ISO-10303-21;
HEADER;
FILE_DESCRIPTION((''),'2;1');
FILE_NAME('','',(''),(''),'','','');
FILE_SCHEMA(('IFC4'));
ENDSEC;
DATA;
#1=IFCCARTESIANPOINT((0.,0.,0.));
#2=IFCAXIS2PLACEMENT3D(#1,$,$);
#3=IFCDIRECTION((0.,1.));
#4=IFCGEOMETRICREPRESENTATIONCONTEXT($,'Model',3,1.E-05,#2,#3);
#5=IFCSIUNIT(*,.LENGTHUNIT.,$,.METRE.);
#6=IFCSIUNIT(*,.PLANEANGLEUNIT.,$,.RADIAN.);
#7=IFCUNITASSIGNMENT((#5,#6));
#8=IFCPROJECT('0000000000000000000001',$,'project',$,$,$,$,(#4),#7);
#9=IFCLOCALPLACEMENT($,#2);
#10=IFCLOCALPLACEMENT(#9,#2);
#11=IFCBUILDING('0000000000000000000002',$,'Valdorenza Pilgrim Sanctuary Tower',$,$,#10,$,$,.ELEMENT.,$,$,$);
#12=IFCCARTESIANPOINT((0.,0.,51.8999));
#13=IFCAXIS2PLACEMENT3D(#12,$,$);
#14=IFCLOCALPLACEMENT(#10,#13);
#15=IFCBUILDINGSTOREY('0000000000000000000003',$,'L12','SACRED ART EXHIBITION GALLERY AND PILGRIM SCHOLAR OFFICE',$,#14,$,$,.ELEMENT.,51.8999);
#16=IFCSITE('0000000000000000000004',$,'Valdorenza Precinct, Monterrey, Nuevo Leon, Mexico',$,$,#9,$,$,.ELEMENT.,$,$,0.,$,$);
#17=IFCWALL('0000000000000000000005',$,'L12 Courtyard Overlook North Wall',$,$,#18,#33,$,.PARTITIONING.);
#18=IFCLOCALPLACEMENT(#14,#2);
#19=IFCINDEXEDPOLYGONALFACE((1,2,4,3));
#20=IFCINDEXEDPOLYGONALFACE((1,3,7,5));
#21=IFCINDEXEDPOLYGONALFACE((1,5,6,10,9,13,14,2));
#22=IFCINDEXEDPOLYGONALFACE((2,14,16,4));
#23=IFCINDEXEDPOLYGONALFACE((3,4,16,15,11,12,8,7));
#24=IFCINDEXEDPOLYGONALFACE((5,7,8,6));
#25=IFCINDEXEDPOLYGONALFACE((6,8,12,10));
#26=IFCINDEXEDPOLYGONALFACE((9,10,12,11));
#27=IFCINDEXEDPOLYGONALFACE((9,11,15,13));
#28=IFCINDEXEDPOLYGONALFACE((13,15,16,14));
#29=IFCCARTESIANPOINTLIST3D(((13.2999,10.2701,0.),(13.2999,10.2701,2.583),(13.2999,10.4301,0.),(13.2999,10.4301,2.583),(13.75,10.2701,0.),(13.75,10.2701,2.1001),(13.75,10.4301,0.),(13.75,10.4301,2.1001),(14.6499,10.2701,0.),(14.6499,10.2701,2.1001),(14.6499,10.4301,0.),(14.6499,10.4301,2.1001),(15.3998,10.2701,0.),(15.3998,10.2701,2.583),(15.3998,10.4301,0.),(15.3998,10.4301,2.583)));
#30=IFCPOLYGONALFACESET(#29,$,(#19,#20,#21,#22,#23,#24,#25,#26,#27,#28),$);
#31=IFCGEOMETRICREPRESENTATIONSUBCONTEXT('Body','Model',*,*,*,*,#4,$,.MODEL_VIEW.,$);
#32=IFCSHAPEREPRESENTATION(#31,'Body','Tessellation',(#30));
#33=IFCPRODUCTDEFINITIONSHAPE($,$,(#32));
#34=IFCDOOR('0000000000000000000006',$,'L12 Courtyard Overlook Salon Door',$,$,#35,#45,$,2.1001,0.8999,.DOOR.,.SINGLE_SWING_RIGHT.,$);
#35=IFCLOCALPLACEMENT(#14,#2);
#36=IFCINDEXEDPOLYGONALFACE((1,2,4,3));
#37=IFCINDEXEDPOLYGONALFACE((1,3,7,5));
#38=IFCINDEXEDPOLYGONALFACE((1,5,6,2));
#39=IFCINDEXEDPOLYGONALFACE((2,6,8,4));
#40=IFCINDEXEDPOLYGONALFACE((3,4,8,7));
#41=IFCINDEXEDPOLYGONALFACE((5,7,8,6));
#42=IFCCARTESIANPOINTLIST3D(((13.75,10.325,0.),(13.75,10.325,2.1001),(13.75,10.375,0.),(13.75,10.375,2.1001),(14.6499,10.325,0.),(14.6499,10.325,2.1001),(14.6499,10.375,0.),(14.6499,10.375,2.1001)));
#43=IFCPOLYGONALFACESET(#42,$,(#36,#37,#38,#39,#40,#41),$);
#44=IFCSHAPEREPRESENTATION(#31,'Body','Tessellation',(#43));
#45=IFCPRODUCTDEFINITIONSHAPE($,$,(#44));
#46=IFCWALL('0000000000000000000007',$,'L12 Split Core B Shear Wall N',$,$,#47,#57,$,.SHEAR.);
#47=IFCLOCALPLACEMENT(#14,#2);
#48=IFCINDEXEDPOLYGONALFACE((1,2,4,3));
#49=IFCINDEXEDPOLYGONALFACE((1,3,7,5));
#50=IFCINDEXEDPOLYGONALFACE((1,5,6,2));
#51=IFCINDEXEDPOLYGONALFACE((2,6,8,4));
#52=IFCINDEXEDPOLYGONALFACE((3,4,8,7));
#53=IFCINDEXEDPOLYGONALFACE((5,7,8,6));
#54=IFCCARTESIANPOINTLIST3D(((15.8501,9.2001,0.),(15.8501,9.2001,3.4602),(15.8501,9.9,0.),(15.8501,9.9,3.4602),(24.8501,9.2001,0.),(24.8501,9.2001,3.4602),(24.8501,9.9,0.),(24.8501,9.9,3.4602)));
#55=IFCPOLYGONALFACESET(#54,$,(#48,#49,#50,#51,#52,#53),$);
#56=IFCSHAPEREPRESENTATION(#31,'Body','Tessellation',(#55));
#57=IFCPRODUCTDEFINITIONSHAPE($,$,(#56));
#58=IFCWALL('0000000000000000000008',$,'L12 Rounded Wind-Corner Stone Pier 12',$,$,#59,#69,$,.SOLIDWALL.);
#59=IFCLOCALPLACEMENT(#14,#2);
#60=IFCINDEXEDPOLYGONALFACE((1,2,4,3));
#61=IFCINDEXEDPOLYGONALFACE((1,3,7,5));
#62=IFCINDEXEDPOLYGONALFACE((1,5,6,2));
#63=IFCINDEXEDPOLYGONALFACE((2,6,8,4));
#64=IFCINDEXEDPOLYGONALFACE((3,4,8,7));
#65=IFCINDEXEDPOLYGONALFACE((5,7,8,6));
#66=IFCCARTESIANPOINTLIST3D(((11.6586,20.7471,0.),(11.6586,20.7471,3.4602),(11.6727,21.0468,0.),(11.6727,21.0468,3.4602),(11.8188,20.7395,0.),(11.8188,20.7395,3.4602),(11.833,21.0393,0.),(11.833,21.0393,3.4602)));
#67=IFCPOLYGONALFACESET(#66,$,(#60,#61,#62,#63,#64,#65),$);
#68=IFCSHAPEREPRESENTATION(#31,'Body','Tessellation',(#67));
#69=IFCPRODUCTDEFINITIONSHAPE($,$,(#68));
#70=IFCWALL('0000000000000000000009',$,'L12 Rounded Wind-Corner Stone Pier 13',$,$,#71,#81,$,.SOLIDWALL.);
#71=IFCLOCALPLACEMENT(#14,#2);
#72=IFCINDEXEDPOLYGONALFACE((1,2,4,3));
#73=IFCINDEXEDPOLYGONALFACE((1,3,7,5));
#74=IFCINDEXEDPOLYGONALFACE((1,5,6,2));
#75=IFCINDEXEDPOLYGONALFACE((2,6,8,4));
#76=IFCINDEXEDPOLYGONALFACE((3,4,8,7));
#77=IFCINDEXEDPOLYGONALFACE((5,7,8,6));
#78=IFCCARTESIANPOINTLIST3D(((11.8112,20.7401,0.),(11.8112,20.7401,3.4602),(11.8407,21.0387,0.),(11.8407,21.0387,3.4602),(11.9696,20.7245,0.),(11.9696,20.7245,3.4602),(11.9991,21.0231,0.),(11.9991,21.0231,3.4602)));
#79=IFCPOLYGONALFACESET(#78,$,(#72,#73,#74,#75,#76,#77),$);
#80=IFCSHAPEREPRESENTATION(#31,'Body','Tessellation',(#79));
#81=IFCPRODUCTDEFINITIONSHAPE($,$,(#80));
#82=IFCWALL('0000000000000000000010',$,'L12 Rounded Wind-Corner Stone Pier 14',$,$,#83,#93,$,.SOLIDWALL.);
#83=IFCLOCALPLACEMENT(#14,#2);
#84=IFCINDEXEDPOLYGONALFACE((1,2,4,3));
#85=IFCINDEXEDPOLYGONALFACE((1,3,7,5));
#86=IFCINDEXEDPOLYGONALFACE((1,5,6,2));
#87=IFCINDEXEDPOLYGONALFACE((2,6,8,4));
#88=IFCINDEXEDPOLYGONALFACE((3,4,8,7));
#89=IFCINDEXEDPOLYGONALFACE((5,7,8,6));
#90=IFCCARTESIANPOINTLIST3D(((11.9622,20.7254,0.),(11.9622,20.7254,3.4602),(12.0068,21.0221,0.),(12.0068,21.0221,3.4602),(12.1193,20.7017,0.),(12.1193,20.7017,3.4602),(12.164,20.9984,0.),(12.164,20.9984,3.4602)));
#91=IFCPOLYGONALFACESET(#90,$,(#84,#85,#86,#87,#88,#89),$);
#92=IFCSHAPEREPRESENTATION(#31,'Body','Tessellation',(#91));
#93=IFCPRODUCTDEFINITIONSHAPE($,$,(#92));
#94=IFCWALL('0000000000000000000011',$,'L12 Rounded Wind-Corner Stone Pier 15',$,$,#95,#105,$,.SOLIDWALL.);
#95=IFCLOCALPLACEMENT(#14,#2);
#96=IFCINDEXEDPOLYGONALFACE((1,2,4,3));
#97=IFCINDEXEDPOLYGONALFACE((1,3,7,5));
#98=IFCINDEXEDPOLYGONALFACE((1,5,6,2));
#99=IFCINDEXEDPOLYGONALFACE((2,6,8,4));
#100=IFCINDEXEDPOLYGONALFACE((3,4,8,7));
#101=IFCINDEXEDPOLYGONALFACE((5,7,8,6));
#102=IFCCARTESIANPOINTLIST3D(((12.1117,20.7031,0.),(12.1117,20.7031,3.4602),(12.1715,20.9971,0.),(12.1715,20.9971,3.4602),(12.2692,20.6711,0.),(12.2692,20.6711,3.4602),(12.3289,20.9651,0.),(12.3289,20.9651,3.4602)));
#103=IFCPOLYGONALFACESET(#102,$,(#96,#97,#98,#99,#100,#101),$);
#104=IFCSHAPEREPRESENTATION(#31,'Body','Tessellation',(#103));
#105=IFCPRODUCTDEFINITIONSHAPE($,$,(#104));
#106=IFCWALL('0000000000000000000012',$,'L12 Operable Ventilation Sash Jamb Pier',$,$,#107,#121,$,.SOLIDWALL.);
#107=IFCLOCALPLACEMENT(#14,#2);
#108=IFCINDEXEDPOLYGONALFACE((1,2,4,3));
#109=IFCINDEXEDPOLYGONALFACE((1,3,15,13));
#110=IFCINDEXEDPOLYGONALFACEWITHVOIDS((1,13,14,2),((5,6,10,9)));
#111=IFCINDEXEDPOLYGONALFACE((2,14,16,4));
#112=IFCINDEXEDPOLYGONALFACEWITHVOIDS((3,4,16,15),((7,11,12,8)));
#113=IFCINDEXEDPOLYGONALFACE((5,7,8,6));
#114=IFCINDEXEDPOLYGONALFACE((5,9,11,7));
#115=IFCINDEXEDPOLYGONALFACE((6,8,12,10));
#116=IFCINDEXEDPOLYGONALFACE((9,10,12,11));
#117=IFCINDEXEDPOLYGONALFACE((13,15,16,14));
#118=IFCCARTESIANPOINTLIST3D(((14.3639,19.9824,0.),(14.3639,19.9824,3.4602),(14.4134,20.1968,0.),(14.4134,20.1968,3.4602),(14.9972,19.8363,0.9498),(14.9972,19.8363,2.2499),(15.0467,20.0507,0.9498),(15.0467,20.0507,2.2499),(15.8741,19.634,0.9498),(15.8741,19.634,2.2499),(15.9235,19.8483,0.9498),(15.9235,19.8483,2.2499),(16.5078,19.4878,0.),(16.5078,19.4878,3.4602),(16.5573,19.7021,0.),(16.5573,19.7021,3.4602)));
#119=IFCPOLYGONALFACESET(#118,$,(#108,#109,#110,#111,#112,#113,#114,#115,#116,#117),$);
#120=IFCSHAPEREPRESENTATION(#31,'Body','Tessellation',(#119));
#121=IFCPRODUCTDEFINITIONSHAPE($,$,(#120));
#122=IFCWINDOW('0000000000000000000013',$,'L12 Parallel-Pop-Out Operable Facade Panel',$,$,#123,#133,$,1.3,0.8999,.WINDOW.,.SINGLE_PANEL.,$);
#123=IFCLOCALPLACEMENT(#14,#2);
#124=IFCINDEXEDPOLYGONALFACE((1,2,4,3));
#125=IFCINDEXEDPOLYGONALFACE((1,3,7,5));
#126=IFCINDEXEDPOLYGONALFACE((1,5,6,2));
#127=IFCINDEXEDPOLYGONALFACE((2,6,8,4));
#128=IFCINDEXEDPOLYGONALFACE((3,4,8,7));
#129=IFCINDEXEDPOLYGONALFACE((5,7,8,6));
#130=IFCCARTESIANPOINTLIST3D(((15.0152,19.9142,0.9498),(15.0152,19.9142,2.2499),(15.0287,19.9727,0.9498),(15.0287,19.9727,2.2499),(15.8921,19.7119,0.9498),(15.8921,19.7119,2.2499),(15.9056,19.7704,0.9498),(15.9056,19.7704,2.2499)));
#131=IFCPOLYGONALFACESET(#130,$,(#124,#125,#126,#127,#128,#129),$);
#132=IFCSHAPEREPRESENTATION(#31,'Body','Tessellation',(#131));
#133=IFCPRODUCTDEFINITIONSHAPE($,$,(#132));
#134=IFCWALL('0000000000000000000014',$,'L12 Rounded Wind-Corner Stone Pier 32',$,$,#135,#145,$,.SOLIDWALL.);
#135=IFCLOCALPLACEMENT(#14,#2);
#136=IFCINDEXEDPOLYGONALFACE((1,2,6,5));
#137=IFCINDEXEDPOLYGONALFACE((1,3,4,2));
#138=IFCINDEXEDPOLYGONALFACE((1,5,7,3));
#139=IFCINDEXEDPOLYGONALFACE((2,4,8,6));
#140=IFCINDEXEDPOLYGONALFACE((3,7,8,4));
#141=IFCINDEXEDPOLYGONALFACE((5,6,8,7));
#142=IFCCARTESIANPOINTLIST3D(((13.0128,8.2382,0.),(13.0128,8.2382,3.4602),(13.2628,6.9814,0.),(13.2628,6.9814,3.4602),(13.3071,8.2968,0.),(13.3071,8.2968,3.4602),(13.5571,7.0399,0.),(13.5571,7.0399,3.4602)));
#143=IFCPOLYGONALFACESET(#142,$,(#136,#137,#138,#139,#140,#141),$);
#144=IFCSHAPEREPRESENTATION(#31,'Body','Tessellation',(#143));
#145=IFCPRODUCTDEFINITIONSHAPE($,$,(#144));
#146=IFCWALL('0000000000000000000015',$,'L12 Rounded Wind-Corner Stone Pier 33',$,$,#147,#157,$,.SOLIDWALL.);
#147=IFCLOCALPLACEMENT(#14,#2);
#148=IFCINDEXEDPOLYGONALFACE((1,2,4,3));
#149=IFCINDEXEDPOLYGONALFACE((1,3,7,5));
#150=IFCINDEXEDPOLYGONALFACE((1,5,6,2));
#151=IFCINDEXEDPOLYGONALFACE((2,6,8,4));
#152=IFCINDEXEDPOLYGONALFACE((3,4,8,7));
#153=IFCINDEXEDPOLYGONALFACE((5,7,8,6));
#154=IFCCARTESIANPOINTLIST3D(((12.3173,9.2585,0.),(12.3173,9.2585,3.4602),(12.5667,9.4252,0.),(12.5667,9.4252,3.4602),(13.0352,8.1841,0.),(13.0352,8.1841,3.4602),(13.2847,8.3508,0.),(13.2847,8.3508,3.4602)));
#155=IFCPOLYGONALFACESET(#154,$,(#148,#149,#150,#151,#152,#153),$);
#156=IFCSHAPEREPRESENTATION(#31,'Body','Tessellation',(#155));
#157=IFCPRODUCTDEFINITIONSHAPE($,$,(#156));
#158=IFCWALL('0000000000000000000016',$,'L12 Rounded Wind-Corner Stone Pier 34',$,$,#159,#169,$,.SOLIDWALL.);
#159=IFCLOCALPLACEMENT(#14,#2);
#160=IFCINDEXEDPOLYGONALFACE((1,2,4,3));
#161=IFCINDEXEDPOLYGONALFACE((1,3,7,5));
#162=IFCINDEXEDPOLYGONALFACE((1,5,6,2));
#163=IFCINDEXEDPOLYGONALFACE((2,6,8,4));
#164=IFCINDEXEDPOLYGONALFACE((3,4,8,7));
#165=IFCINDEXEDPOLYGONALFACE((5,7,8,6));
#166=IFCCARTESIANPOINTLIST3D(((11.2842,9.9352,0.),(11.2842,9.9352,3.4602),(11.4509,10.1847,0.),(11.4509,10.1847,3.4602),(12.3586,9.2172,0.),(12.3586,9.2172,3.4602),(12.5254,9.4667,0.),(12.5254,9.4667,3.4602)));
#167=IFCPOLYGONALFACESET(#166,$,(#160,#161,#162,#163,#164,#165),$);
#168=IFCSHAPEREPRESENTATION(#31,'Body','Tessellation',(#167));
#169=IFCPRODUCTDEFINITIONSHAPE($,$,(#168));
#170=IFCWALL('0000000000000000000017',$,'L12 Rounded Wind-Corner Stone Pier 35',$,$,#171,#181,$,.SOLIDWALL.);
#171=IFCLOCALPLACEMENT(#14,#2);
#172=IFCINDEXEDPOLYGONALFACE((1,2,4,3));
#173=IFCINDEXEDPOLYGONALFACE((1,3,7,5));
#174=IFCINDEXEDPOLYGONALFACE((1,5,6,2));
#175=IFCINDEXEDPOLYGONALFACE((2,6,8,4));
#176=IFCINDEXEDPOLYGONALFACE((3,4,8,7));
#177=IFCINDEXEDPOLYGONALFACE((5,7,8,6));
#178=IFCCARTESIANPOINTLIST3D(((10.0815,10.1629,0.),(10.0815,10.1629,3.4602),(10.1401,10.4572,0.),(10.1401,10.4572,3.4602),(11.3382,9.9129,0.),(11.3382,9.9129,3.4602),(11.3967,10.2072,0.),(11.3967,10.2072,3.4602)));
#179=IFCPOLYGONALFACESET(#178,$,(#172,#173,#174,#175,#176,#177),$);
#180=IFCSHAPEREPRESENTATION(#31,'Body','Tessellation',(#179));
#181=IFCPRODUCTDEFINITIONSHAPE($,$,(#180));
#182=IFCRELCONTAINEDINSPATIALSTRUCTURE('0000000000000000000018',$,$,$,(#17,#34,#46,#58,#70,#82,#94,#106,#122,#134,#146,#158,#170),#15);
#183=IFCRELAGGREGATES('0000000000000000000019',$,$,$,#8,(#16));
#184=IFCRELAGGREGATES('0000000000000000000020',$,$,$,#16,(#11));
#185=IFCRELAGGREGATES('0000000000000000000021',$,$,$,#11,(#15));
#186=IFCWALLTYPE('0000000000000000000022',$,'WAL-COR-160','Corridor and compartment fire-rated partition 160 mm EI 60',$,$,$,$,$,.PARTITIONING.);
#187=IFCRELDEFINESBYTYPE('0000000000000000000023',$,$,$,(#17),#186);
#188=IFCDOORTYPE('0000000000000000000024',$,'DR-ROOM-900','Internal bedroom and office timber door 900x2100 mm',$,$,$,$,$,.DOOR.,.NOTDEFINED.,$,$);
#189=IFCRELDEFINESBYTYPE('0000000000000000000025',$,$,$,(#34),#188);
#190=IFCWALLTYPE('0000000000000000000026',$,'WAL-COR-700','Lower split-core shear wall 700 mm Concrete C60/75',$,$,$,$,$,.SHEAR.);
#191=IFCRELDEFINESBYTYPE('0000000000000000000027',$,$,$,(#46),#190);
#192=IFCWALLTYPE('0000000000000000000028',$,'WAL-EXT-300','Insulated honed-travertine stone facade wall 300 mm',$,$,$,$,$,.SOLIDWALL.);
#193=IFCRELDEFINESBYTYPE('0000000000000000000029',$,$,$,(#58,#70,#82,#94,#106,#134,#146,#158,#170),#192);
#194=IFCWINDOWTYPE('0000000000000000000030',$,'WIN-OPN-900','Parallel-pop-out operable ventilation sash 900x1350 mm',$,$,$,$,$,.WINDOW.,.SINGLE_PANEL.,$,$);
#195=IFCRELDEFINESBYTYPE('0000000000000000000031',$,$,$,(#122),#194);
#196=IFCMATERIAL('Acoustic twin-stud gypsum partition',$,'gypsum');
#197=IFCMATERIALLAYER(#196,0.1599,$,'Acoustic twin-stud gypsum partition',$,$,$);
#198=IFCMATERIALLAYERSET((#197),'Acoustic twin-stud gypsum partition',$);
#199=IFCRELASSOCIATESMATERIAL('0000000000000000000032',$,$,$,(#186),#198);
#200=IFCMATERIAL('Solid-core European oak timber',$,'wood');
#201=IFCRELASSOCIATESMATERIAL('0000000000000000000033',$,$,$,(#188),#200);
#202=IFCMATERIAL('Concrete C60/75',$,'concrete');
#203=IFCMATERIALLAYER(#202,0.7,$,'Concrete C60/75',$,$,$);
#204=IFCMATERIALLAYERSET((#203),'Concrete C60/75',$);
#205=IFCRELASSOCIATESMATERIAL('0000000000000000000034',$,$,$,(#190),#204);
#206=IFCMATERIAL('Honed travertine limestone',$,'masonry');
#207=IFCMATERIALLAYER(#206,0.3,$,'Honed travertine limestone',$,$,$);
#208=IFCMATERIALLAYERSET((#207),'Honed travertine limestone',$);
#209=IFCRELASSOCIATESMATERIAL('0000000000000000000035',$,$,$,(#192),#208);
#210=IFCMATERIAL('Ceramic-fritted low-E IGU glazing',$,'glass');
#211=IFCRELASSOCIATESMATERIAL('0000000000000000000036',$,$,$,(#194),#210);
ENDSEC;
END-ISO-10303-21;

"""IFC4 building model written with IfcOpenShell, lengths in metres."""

from ifc_helpers import new_model, si_unit, direction, frame, frame_2d, origin, place, context, subcontext, project, spatial, rectangle, extrude, material, layer, layer_set, type_object, element, fill, save


model = new_model("IFC4")

# Units and contexts
model_context = context("Model", 3, precision=1e-05, world=origin(), true_north=direction((0.0, 1.0)))
body_context = subcontext(model_context, "Body", "Model", "MODEL_VIEW")
ifc_project = project(units=[si_unit("LENGTHUNIT", "METRE"), si_unit("PLANEANGLEUNIT", "RADIAN")], contexts=[model_context])

# Site, building, storey
site_placement = place(None, origin())
site = spatial("IfcSite", under=ifc_project, at=site_placement, Name="Valdorenza Precinct, Monterrey, Nuevo Leon, Mexico", CompositionType="ELEMENT", RefElevation=0.0)
building_placement = place(site_placement, origin())
building = spatial("IfcBuilding", under=site, at=building_placement, Name="Valdorenza Pilgrim Sanctuary Tower", CompositionType="ELEMENT")
storey_placement = place(building_placement, frame((0.0, 0.0, 51.8999)))
storey = spatial("IfcBuildingStorey", under=building, at=storey_placement, Name="L12", Description="SACRED ART EXHIBITION GALLERY AND PILGRIM SCHOLAR OFFICE", CompositionType="ELEMENT", Elevation=51.8999)

# Shared definitions
ifc_material_1 = material(Name="Concrete C60/75", Category="concrete")

# Shared definitions
ifc_material_2 = material(Name="Ceramic-fritted low-E IGU glazing", Category="glass")
ifc_material_3 = material(Name="Honed travertine limestone", Category="masonry")

# Shared definitions
ifc_material_4 = material(Name="Acoustic twin-stud gypsum partition", Category="gypsum")
ifc_layer_1 = layer(ifc_material_4, 0.1599, Name="Acoustic twin-stud gypsum partition")
ifc_layer_set_1 = layer_set([ifc_layer_1], Name="Acoustic twin-stud gypsum partition")
wall_type_1 = type_object("IfcWallType", Name="WAL-COR-160", Description="Corridor and compartment fire-rated partition 160 mm EI 60", PredefinedType="PARTITIONING", material=ifc_layer_set_1)

# Shared definitions
ifc_material_5 = material(Name="Solid-core European oak timber", Category="wood")
door_type = type_object("IfcDoorType", Name="DR-ROOM-900", Description="Internal bedroom and office timber door 900x2100 mm", OperationType="NOTDEFINED", PredefinedType="DOOR", material=ifc_material_5)

# Wall, opening, door
wall_1_placement = place(storey_placement, frame((13.3, 10.3501, 0.0), z_axis=(0.0, 0.0, 1.0), x_axis=(1.0, 0.0, 0.0)))
wall_1 = element("IfcWall", 1, at=wall_1_placement, inside=storey, type_object=wall_type_1, Name="L12 Courtyard Overlook North Wall", PredefinedType="PARTITIONING", context=body_context, shape_type="SweptSolid", body=[
    extrude(rectangle(XDim=2.0999, YDim=0.1599, at=frame_2d((1.0498, 0.0))), origin(), (0.0, 0.0, 1.0), 2.583),
])
opening_1_placement = place(wall_1_placement, frame((0.45, 0.0, 0.0)))
opening_1 = element("IfcOpeningElement", 2, at=opening_1_placement, cuts=wall_1, PredefinedType="OPENING", context=body_context, shape_type="SweptSolid", body=[
    extrude(rectangle(XDim=0.8999, YDim=2.1001, at=frame_2d((0.45, 1.05))), frame((0.0, 0.0947, 0.0), z_axis=(0.0, -1.0, 0.0), x_axis=(1.0, 0.0, 0.0)), (0.0, 0.0, 1.0), 0.1897),
])
door_1_placement = place(opening_1_placement, origin())
door_1 = element("IfcDoor", 3, at=door_1_placement, inside=storey, type_object=door_type, Name="L12 Courtyard Overlook Salon Door", OperationType="SINGLE_SWING_RIGHT", OverallHeight=2.1001, OverallWidth=0.8999, PredefinedType="DOOR", context=body_context, shape_type="SweptSolid", body=[
    extrude(rectangle(XDim=0.8999, YDim=2.1001, at=frame_2d((0.45, 1.05))), frame((0.0, 0.0249, 0.0), z_axis=(0.0, -1.0, 0.0), x_axis=(1.0, 0.0, 0.0)), (0.0, 0.0, 1.0), 0.05),
])
fill(opening_1, door_1)

# Walls
ifc_layer_2 = layer(ifc_material_1, 0.7, Name="Concrete C60/75")
ifc_layer_set_2 = layer_set([ifc_layer_2], Name="Concrete C60/75")
wall_type_2 = type_object("IfcWallType", Name="WAL-COR-700", Description="Lower split-core shear wall 700 mm Concrete C60/75", PredefinedType="SHEAR", material=ifc_layer_set_2)
wall_2_placement = place(storey_placement, frame((15.8501, 9.55, 0.0), z_axis=(0.0, 0.0, 1.0), x_axis=(1.0, 0.0, 0.0)))
element("IfcWall", 4, at=wall_2_placement, inside=storey, type_object=wall_type_2, Name="L12 Split Core B Shear Wall N", PredefinedType="SHEAR", context=body_context, shape_type="SweptSolid", body=[
    extrude(rectangle(XDim=9.0, YDim=0.7, at=frame_2d((4.5, 0.0))), origin(), (0.0, 0.0, 1.0), 3.4602),
])
ifc_layer_3 = layer(ifc_material_3, 0.3, Name="Honed travertine limestone")
ifc_layer_set_3 = layer_set([ifc_layer_3], Name="Honed travertine limestone")
wall_type_3 = type_object("IfcWallType", Name="WAL-EXT-300", Description="Insulated honed-travertine stone facade wall 300 mm", PredefinedType="SOLIDWALL", material=ifc_layer_set_3)
wall_3_placement = place(storey_placement, frame((11.6658, 20.897, 0.0), z_axis=(0.0, 0.0, 1.0), x_axis=(0.998885, -0.047203, 0.0)))
element("IfcWall", 5, at=wall_3_placement, inside=storey, type_object=wall_type_3, Name="L12 Rounded Wind-Corner Stone Pier 12", PredefinedType="SOLIDWALL", context=body_context, shape_type="SweptSolid", body=[
    extrude(rectangle(XDim=0.1604, YDim=0.3, at=frame_2d((0.0801, 0.0))), origin(), (0.0, 0.0, 1.0), 3.4602),
])
wall_4_placement = place(storey_placement, frame((11.8259, 20.8894, 0.0), z_axis=(0.0, 0.0, 1.0), x_axis=(0.995173, -0.098137, 0.0)))
element("IfcWall", 6, at=wall_4_placement, inside=storey, type_object=wall_type_3, Name="L12 Rounded Wind-Corner Stone Pier 13", PredefinedType="SOLIDWALL", context=body_context, shape_type="SweptSolid", body=[
    extrude(rectangle(XDim=0.1592, YDim=0.3, at=frame_2d((0.0796, 0.0))), origin(), (0.0, 0.0, 1.0), 3.4602),
])
wall_5_placement = place(storey_placement, frame((11.9844, 20.8738, 0.0), z_axis=(0.0, 0.0, 1.0), x_axis=(0.988846, -0.148941, 0.0)))
element("IfcWall", 7, at=wall_5_placement, inside=storey, type_object=wall_type_3, Name="L12 Rounded Wind-Corner Stone Pier 14", PredefinedType="SOLIDWALL", context=body_context, shape_type="SweptSolid", body=[
    extrude(rectangle(XDim=0.1589, YDim=0.3, at=frame_2d((0.0796, 0.0))), origin(), (0.0, 0.0, 1.0), 3.4602),
])
wall_6_placement = place(storey_placement, frame((12.1416, 20.8501, 0.0), z_axis=(0.0, 0.0, 1.0), x_axis=(0.979992, -0.199037, 0.0)))
element("IfcWall", 8, at=wall_6_placement, inside=storey, type_object=wall_type_3, Name="L12 Rounded Wind-Corner Stone Pier 15", PredefinedType="SOLIDWALL", context=body_context, shape_type="SweptSolid", body=[
    extrude(rectangle(XDim=0.1606, YDim=0.3, at=frame_2d((0.0803, 0.0))), origin(), (0.0, 0.0, 1.0), 3.4602),
])

# Wall, opening, window
wall_7_placement = place(storey_placement, frame((14.3887, 20.0896, 0.0), z_axis=(0.0, 0.0, 1.0), x_axis=(0.974401, -0.224819, 0.0)))
wall_7 = element("IfcWall", 9, at=wall_7_placement, inside=storey, type_object=wall_type_3, Name="L12 Operable Ventilation Sash Jamb Pier", PredefinedType="SOLIDWALL", context=body_context, shape_type="SweptSolid", body=[
    extrude(rectangle(XDim=2.2002, YDim=0.22, at=frame_2d((1.1001, 0.0))), origin(), (0.0, 0.0, 1.0), 3.4602),
])
opening_2_placement = place(wall_7_placement, frame((0.6499, 0.0, 0.95)))
opening_2 = element("IfcOpeningElement", 10, at=opening_2_placement, cuts=wall_7, PredefinedType="OPENING", context=body_context, shape_type="SweptSolid", body=[
    extrude(rectangle(XDim=0.8999, YDim=1.3, at=frame_2d((0.45, 0.6499))), frame((0.0, 0.125, 0.0), z_axis=(0.0, -1.0, 0.0), x_axis=(1.0, 0.0, 0.0)), (0.0, 0.0, 1.0), 0.2498),
])
window_type = type_object("IfcWindowType", Name="WIN-OPN-900", Description="Parallel-pop-out operable ventilation sash 900x1350 mm", PartitioningType="SINGLE_PANEL", PredefinedType="WINDOW", material=ifc_material_2)
window_placement = place(opening_2_placement, origin())
window = element("IfcWindow", 11, at=window_placement, inside=storey, type_object=window_type, Name="L12 Parallel-Pop-Out Operable Facade Panel", OverallHeight=1.3, OverallWidth=0.8999, PartitioningType="SINGLE_PANEL", PredefinedType="WINDOW", context=body_context, shape_type="SweptSolid", body=[
    extrude(rectangle(XDim=0.8999, YDim=1.3, at=frame_2d((0.45, 0.6499))), frame((0.0, 0.03, 0.0), z_axis=(0.0, -1.0, 0.0), x_axis=(1.0, 0.0, 0.0)), (0.0, 0.0, 1.0), 0.0601),
])
fill(opening_2, window)

# Walls
wall_8_placement = place(storey_placement, frame((13.4099, 7.0107, 0.0), z_axis=(0.0, 0.0, 1.0), x_axis=(-0.19509, 0.980785, 0.0)))
element("IfcWall", 12, at=wall_8_placement, inside=storey, type_object=wall_type_3, Name="L12 Rounded Wind-Corner Stone Pier 32", PredefinedType="SOLIDWALL", context=body_context, shape_type="SweptSolid", body=[
    extrude(rectangle(XDim=1.2815, YDim=0.3, at=frame_2d((0.6406, 0.0))), origin(), (0.0, 0.0, 1.0), 3.4602),
])
for number, where, z_axis, x_axis, name in (
    (13, (13.1599, 8.2676, 0.0), (0.0, 0.0, 1.0), (-0.555615, 0.831439, 0.0), "L12 Rounded Wind-Corner Stone Pier 33"),
    (14, (12.4419, 9.342, 0.0), (0.0, 0.0, 1.0), (-0.831439, 0.555615, 0.0), "L12 Rounded Wind-Corner Stone Pier 34"),
):
    element("IfcWall", number, at=place(storey_placement, frame(where, z_axis=z_axis, x_axis=x_axis)), inside=storey, type_object=wall_type_3, Name=name, PredefinedType="SOLIDWALL", context=body_context, shape_type="SweptSolid", body=[
        extrude(rectangle(XDim=1.2922, YDim=0.3, at=frame_2d((0.646, 0.0))), origin(), (0.0, 0.0, 1.0), 3.4602),
    ])
wall_9_placement = place(storey_placement, frame((11.3674, 10.0601, 0.0), z_axis=(0.0, 0.0, 1.0), x_axis=(-0.980778, 0.195127, 0.0)))
element("IfcWall", 15, at=wall_9_placement, inside=storey, type_object=wall_type_3, Name="L12 Rounded Wind-Corner Stone Pier 35", PredefinedType="SOLIDWALL", context=body_context, shape_type="SweptSolid", body=[
    extrude(rectangle(XDim=1.2812, YDim=0.3, at=frame_2d((0.6406, 0.0))), origin(), (0.0, 0.0, 1.0), 3.4602),
])

save(model, "model.ifc")
